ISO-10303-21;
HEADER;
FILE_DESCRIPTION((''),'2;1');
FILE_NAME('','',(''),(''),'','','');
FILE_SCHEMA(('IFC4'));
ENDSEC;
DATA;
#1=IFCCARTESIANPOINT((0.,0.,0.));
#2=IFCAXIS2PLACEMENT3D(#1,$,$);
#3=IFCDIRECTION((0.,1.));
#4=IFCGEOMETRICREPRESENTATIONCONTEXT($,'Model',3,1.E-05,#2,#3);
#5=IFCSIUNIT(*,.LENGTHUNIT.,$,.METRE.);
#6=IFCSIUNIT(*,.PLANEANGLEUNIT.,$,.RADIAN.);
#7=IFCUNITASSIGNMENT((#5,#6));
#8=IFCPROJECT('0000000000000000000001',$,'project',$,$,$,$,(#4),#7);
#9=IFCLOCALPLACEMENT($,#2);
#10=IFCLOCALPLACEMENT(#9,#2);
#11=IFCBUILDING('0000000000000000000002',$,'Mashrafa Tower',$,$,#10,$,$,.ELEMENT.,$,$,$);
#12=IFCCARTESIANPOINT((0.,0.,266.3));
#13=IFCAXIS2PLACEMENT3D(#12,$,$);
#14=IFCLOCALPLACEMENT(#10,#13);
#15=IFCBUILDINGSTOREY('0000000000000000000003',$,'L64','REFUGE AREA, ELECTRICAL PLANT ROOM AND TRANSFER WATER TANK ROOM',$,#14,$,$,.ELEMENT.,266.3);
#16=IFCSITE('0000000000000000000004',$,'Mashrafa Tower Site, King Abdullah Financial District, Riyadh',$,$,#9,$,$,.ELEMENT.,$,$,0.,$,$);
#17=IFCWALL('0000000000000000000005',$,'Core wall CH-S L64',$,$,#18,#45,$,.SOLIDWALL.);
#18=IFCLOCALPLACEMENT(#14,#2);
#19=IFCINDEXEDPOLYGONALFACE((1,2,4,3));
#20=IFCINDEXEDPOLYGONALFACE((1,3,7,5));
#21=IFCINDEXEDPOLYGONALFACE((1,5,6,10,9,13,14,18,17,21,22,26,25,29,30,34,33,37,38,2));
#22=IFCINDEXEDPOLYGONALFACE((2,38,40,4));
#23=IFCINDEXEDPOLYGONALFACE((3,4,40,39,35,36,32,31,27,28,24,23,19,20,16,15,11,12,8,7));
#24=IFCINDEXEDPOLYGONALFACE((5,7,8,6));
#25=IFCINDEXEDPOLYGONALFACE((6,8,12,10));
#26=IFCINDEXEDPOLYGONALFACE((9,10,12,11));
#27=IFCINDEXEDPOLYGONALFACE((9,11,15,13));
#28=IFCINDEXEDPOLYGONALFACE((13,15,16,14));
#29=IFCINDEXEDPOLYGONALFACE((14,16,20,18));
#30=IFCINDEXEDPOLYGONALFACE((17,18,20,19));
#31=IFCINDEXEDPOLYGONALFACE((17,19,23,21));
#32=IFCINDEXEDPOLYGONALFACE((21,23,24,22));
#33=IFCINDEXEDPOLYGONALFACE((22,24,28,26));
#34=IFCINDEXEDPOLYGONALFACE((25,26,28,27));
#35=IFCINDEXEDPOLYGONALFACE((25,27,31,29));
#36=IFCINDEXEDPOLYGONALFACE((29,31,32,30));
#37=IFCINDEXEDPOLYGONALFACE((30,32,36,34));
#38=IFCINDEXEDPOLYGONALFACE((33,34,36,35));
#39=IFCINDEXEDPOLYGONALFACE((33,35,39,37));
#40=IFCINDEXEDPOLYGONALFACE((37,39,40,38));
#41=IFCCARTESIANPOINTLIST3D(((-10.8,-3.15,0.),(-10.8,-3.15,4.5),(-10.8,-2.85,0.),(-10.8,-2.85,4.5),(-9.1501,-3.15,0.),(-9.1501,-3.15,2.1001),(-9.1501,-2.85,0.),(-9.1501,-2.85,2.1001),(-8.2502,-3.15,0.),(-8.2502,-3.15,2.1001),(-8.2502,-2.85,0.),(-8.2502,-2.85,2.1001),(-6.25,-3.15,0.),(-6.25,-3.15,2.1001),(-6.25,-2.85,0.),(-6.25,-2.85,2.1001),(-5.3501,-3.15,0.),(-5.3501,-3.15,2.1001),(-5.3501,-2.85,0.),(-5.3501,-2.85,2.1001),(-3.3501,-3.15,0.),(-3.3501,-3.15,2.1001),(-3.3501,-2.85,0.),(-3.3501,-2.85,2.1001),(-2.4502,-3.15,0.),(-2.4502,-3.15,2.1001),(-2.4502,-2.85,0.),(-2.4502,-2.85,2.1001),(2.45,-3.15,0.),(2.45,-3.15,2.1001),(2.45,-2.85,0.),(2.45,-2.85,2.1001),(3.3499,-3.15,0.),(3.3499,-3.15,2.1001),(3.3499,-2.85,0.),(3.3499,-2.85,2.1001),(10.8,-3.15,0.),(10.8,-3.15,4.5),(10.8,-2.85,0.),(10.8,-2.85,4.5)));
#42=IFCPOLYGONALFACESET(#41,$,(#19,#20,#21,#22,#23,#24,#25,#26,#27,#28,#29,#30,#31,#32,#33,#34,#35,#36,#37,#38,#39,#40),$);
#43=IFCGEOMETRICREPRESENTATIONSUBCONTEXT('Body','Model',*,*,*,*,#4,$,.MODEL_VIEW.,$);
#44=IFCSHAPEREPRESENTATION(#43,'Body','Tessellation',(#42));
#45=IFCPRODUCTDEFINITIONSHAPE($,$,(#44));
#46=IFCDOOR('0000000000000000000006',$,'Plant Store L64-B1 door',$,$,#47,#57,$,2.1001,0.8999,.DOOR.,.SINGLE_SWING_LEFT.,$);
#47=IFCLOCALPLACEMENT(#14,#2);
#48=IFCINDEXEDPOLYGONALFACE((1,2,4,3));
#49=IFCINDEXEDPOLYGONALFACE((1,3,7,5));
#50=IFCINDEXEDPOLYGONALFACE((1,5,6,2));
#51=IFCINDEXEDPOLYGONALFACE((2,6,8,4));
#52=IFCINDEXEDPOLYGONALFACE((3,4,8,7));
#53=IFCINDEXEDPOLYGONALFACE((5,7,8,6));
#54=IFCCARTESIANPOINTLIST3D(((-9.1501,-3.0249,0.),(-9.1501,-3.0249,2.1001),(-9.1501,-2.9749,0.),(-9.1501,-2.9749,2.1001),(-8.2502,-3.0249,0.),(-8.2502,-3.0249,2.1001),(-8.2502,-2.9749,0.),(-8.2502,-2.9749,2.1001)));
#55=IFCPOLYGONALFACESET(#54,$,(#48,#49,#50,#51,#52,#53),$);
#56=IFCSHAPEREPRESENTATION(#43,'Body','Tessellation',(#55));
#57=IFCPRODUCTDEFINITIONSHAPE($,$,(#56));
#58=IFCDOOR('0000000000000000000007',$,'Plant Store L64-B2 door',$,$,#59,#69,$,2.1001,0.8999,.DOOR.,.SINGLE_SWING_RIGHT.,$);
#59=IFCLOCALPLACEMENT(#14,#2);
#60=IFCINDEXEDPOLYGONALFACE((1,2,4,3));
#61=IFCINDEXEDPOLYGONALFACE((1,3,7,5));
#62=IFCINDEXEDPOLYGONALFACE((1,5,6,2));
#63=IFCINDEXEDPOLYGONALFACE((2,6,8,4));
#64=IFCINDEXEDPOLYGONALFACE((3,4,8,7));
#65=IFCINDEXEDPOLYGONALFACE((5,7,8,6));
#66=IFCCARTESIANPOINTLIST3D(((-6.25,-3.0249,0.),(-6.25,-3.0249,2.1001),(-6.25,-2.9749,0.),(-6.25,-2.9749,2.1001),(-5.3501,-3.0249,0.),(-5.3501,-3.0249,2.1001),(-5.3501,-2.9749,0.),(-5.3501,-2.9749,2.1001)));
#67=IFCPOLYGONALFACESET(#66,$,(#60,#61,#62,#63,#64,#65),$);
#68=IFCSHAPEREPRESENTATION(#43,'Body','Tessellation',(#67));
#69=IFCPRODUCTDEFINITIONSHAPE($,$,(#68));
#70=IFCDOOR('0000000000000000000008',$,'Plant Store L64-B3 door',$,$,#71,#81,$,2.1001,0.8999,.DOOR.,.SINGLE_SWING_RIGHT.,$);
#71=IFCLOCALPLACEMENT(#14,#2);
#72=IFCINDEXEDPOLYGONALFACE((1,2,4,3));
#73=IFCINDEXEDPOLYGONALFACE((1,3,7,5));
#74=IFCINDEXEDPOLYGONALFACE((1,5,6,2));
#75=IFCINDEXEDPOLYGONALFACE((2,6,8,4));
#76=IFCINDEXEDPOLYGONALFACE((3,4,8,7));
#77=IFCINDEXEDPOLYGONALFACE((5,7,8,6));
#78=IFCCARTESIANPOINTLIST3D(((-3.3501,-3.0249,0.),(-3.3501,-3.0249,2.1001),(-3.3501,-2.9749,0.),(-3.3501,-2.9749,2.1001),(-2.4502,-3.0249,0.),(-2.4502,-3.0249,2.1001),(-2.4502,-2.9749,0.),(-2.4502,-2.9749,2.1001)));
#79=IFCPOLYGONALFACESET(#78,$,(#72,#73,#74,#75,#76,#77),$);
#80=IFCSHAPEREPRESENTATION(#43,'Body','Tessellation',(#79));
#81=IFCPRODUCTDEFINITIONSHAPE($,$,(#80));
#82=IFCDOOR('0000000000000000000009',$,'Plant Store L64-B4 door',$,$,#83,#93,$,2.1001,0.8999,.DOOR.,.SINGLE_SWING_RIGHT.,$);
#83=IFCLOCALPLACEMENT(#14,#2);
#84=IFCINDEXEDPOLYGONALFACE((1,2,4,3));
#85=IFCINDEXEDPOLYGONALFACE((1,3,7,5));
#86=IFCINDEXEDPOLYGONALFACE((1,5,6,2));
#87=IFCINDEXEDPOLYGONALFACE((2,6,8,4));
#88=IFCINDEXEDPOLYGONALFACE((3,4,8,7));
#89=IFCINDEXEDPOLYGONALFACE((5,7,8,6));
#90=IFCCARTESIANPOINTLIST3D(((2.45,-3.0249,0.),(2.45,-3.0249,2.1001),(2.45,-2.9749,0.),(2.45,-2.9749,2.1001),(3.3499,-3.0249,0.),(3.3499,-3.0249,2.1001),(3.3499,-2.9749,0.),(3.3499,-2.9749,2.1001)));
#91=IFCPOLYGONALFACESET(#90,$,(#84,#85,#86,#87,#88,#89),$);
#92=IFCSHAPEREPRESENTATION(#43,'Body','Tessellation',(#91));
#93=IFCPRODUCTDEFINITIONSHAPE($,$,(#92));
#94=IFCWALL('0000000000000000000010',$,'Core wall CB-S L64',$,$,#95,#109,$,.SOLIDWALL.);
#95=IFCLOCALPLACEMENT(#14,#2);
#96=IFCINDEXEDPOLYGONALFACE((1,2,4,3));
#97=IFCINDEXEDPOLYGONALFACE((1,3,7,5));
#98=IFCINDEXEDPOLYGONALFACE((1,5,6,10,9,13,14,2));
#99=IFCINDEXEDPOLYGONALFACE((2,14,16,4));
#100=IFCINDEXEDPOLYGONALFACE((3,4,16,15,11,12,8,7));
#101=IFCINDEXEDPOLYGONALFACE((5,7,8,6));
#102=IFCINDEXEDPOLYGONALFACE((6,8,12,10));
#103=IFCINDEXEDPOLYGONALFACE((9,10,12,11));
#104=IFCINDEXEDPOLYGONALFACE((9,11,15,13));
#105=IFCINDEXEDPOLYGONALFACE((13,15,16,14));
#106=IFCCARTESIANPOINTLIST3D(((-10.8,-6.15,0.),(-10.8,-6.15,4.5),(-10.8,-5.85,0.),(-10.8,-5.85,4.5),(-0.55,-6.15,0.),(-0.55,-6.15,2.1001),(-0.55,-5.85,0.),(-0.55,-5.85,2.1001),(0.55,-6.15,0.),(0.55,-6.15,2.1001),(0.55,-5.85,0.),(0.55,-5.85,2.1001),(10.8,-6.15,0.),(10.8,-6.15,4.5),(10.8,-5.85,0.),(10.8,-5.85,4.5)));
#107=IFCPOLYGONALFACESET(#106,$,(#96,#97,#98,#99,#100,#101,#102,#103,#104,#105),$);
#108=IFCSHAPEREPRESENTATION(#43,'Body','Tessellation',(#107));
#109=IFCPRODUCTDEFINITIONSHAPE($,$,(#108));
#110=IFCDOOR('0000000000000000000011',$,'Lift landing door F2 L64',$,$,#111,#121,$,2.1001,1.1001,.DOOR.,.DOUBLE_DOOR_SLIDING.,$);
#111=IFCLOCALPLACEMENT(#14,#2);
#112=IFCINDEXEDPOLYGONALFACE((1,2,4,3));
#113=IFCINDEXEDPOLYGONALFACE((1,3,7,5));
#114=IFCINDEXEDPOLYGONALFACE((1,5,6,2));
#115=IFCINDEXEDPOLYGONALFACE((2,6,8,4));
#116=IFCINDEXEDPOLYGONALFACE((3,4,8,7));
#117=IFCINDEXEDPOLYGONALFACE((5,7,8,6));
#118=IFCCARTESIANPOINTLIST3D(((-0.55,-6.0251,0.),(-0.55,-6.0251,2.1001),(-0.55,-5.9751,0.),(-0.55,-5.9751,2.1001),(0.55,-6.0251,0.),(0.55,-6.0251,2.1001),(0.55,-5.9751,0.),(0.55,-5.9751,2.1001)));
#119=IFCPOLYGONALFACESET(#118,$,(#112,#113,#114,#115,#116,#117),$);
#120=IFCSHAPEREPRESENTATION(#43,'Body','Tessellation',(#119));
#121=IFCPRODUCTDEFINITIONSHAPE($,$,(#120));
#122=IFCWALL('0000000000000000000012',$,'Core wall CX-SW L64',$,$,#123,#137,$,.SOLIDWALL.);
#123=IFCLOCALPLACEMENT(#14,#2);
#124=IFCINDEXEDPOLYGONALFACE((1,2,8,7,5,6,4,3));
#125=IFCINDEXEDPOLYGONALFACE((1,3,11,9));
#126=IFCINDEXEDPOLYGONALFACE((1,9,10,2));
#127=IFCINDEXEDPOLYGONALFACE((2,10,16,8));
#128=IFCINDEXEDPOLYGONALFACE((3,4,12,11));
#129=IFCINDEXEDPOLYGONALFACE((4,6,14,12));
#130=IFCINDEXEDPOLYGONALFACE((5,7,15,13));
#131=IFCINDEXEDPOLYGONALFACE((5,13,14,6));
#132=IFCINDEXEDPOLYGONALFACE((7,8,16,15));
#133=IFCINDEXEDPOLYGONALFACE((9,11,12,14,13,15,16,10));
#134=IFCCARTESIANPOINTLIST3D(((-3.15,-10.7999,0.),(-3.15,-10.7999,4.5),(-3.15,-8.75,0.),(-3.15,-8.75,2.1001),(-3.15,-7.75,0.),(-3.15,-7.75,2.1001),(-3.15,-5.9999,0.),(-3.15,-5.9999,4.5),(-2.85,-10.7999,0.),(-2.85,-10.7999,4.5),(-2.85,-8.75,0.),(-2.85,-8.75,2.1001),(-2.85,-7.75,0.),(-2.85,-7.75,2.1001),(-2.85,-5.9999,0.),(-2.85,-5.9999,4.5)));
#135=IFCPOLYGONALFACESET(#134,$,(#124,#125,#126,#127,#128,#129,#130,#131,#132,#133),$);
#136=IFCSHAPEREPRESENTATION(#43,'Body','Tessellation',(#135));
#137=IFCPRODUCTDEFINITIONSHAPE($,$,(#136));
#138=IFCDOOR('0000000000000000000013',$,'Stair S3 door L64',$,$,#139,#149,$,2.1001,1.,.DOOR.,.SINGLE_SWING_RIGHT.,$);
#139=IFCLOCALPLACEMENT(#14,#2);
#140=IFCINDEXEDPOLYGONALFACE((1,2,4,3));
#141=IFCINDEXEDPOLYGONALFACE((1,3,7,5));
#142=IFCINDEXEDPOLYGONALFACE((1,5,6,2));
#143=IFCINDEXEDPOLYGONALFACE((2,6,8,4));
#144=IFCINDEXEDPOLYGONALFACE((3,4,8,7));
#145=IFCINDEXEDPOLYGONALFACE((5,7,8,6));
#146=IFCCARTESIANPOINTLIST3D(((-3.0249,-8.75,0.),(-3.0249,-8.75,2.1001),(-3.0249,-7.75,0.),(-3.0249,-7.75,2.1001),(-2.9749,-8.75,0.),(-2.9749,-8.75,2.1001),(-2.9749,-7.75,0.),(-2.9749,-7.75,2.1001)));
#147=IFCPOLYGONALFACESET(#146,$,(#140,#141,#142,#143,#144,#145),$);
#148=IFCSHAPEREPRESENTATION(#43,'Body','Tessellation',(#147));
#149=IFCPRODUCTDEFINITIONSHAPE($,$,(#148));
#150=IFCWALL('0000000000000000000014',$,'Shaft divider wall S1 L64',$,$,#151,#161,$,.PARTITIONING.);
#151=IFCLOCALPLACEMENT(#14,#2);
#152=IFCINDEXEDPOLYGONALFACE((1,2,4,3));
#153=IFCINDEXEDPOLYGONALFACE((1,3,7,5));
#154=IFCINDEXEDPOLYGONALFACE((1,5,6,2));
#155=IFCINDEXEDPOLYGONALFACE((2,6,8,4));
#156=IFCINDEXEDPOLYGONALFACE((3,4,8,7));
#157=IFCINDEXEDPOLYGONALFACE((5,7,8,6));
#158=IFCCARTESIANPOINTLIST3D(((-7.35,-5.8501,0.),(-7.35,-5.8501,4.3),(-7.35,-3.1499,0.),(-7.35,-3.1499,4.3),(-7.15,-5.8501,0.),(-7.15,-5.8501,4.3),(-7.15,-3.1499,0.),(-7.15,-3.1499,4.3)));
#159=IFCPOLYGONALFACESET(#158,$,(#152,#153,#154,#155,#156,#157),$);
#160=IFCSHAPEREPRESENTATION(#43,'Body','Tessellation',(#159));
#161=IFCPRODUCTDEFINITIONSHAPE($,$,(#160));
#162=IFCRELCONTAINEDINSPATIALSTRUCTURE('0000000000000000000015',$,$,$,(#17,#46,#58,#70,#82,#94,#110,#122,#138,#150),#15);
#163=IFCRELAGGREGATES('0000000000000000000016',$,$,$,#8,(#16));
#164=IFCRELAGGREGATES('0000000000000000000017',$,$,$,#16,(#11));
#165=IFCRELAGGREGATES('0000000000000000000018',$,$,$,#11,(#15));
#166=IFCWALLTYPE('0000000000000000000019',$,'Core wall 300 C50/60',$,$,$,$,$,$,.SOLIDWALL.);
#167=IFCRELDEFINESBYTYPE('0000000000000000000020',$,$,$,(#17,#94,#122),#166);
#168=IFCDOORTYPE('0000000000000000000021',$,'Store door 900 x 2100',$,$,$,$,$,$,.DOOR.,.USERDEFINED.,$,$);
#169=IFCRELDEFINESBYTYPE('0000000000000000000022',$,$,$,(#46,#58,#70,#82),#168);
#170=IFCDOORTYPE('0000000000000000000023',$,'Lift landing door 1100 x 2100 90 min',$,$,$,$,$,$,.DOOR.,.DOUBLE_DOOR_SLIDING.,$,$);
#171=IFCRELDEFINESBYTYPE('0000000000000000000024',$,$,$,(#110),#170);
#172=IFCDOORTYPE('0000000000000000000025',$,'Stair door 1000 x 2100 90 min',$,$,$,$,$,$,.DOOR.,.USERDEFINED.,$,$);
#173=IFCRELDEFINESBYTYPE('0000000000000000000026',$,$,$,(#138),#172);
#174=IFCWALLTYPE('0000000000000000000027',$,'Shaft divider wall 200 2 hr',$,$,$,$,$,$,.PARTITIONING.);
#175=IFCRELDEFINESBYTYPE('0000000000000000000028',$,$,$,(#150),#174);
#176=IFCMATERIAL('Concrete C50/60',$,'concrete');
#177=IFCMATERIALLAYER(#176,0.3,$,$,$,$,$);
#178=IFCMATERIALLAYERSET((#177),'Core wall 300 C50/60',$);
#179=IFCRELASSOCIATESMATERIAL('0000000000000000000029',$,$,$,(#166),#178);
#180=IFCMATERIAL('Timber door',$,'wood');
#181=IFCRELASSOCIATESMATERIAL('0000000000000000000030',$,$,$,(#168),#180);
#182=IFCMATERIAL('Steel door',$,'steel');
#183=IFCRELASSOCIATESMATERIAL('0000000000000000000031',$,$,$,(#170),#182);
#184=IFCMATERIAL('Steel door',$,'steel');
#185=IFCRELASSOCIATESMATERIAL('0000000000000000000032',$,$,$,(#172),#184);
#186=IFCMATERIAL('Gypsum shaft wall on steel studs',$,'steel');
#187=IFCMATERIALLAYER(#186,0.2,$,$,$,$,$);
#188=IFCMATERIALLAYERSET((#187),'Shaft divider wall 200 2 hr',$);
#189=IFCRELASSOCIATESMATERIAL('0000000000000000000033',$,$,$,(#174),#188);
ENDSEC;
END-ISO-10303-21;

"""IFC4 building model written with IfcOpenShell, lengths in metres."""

from ifc_helpers import new_model, si_unit, direction, frame, frame_2d, origin, place, context, subcontext, project, spatial, rectangle, extrude, material, layer, layer_set, type_object, element, fill, save


model = new_model("IFC4")

# Units and contexts
model_context = context("Model", 3, precision=1e-05, world=origin(), true_north=direction((0.0, 1.0)))
body_context = subcontext(model_context, "Body", "Model", "MODEL_VIEW")
ifc_project = project(units=[si_unit("LENGTHUNIT", "METRE"), si_unit("PLANEANGLEUNIT", "RADIAN")], contexts=[model_context])

# Site, building, storey
site_placement = place(None, origin())
site = spatial("IfcSite", under=ifc_project, at=site_placement, Name="Mashrafa Tower Site, King Abdullah Financial District, Riyadh", CompositionType="ELEMENT", RefElevation=0.0)
building_placement = place(site_placement, origin())
building = spatial("IfcBuilding", under=site, at=building_placement, Name="Mashrafa Tower", CompositionType="ELEMENT")
storey_placement = place(building_placement, frame((0.0, 0.0, 266.3)))
storey = spatial("IfcBuildingStorey", under=building, at=storey_placement, Name="L64", Description="REFUGE AREA, ELECTRICAL PLANT ROOM AND TRANSFER WATER TANK ROOM", CompositionType="ELEMENT", Elevation=266.3)

# Wall, openings, doors
ifc_material_1 = material(Name="Concrete C50/60", Category="concrete")
ifc_layer_1 = layer(ifc_material_1, 0.3)
ifc_layer_set_1 = layer_set([ifc_layer_1], Name="Core wall 300 C50/60")
wall_type_1 = type_object("IfcWallType", Name="Core wall 300 C50/60", PredefinedType="SOLIDWALL", material=ifc_layer_set_1)
wall_1_placement = place(storey_placement, frame((-10.8, -3.0, 0.0), z_axis=(0.0, 0.0, 1.0), x_axis=(1.0, 0.0, 0.0)))
wall_1 = element("IfcWall", 1, at=wall_1_placement, inside=storey, type_object=wall_type_1, Name="Core wall CH-S L64", PredefinedType="SOLIDWALL", context=body_context, shape_type="SweptSolid", body=[
    extrude(rectangle(XDim=21.6001, YDim=0.3, at=frame_2d((10.8, 0.0))), origin(), (0.0, 0.0, 1.0), 4.5),
])
opening_1_placement = place(wall_1_placement, frame((1.6499, 0.0, 0.0)))
opening_1 = element("IfcOpeningElement", 2, at=opening_1_placement, cuts=wall_1, PredefinedType="OPENING", context=body_context, shape_type="SweptSolid", body=[
    extrude(rectangle(XDim=0.8999, YDim=2.1001, at=frame_2d((0.45, 1.05))), frame((0.0, 0.1599, 0.0), z_axis=(0.0, -1.0, 0.0), x_axis=(1.0, 0.0, 0.0)), (0.0, 0.0, 1.0), 0.3201),
])
opening_2_placement = place(wall_1_placement, frame((4.55, 0.0, 0.0)))
opening_2 = element("IfcOpeningElement", 3, at=opening_2_placement, cuts=wall_1, PredefinedType="OPENING", context=body_context, shape_type="SweptSolid", body=[
    extrude(rectangle(XDim=0.8999, YDim=2.1001, at=frame_2d((0.45, 1.05))), frame((0.0, 0.1599, 0.0), z_axis=(0.0, -1.0, 0.0), x_axis=(1.0, 0.0, 0.0)), (0.0, 0.0, 1.0), 0.3201),
])
opening_3_placement = place(wall_1_placement, frame((7.45, 0.0, 0.0)))
opening_3 = element("IfcOpeningElement", 4, at=opening_3_placement, cuts=wall_1, PredefinedType="OPENING", context=body_context, shape_type="SweptSolid", body=[
    extrude(rectangle(XDim=0.8999, YDim=2.1001, at=frame_2d((0.45, 1.05))), frame((0.0, 0.1599, 0.0), z_axis=(0.0, -1.0, 0.0), x_axis=(1.0, 0.0, 0.0)), (0.0, 0.0, 1.0), 0.3201),
])
opening_4_placement = place(wall_1_placement, frame((13.25, 0.0, 0.0)))
opening_4 = element("IfcOpeningElement", 5, at=opening_4_placement, cuts=wall_1, PredefinedType="OPENING", context=body_context, shape_type="SweptSolid", body=[
    extrude(rectangle(XDim=0.8999, YDim=2.1001, at=frame_2d((0.45, 1.05))), frame((0.0, 0.1599, 0.0), z_axis=(0.0, -1.0, 0.0), x_axis=(1.0, 0.0, 0.0)), (0.0, 0.0, 1.0), 0.3201),
])
ifc_material_2 = material(Name="Timber door", Category="wood")
door_type_1 = type_object("IfcDoorType", Name="Store door 900 x 2100", OperationType="USERDEFINED", PredefinedType="DOOR", material=ifc_material_2)
door_1_placement = place(opening_1_placement, frame((0.8999, 0.0, 0.0), z_axis=(0.0, 0.0, 1.0), x_axis=(-1.0, 0.0, 0.0)))
door_1 = element("IfcDoor", 6, at=door_1_placement, inside=storey, type_object=door_type_1, Name="Plant Store L64-B1 door", OperationType="SINGLE_SWING_LEFT", OverallHeight=2.1001, OverallWidth=0.8999, PredefinedType="DOOR", context=body_context, shape_type="SweptSolid", body=[
    extrude(rectangle(XDim=0.8999, YDim=2.1001, at=frame_2d((0.45, 1.05))), frame((0.0, 0.0249, 0.0), z_axis=(0.0, -1.0, 0.0), x_axis=(1.0, 0.0, 0.0)), (0.0, 0.0, 1.0), 0.05),
])
fill(opening_1, door_1)
door_2_placement = place(opening_2_placement, frame((0.8999, 0.0, 0.0), z_axis=(0.0, 0.0, 1.0), x_axis=(-1.0, 0.0, 0.0)))
door_2 = element("IfcDoor", 7, at=door_2_placement, inside=storey, type_object=door_type_1, Name="Plant Store L64-B2 door", OperationType="SINGLE_SWING_RIGHT", OverallHeight=2.1001, OverallWidth=0.8999, PredefinedType="DOOR", context=body_context, shape_type="SweptSolid", body=[
    extrude(rectangle(XDim=0.8999, YDim=2.1001, at=frame_2d((0.45, 1.05))), frame((0.0, 0.0249, 0.0), z_axis=(0.0, -1.0, 0.0), x_axis=(1.0, 0.0, 0.0)), (0.0, 0.0, 1.0), 0.05),
])
fill(opening_2, door_2)
door_3_placement = place(opening_3_placement, frame((0.8999, 0.0, 0.0), z_axis=(0.0, 0.0, 1.0), x_axis=(-1.0, 0.0, 0.0)))
door_3 = element("IfcDoor", 8, at=door_3_placement, inside=storey, type_object=door_type_1, Name="Plant Store L64-B3 door", OperationType="SINGLE_SWING_RIGHT", OverallHeight=2.1001, OverallWidth=0.8999, PredefinedType="DOOR", context=body_context, shape_type="SweptSolid", body=[
    extrude(rectangle(XDim=0.8999, YDim=2.1001, at=frame_2d((0.45, 1.05))), frame((0.0, 0.0249, 0.0), z_axis=(0.0, -1.0, 0.0), x_axis=(1.0, 0.0, 0.0)), (0.0, 0.0, 1.0), 0.05),
])
fill(opening_3, door_3)
door_4_placement = place(opening_4_placement, frame((0.8999, 0.0, 0.0), z_axis=(0.0, 0.0, 1.0), x_axis=(-1.0, 0.0, 0.0)))
door_4 = element("IfcDoor", 9, at=door_4_placement, inside=storey, type_object=door_type_1, Name="Plant Store L64-B4 door", OperationType="SINGLE_SWING_RIGHT", OverallHeight=2.1001, OverallWidth=0.8999, PredefinedType="DOOR", context=body_context, shape_type="SweptSolid", body=[
    extrude(rectangle(XDim=0.8999, YDim=2.1001, at=frame_2d((0.45, 1.05))), frame((0.0, 0.0249, 0.0), z_axis=(0.0, -1.0, 0.0), x_axis=(1.0, 0.0, 0.0)), (0.0, 0.0, 1.0), 0.05),
])
fill(opening_4, door_4)

# Walls, openings, doors
wall_2_placement = place(storey_placement, frame((-10.8, -6.0, 0.0), z_axis=(0.0, 0.0, 1.0), x_axis=(1.0, 0.0, 0.0)))
wall_2 = element("IfcWall", 10, at=wall_2_placement, inside=storey, type_object=wall_type_1, Name="Core wall CB-S L64", PredefinedType="SOLIDWALL", context=body_context, shape_type="SweptSolid", body=[
    extrude(rectangle(XDim=21.6001, YDim=0.3, at=frame_2d((10.8, 0.0))), origin(), (0.0, 0.0, 1.0), 4.5),
])
opening_5_placement = place(wall_2_placement, frame((10.25, 0.0, 0.0)))
opening_5 = element("IfcOpeningElement", 11, at=opening_5_placement, cuts=wall_2, PredefinedType="OPENING", context=body_context, shape_type="SweptSolid", body=[
    extrude(rectangle(XDim=1.1001, YDim=2.1001, at=frame_2d((0.55, 1.05))), frame((0.0, 0.1599, 0.0), z_axis=(0.0, -1.0, 0.0), x_axis=(1.0, 0.0, 0.0)), (0.0, 0.0, 1.0), 0.3201),
])
ifc_material_3 = material(Name="Steel door", Category="steel")
door_type_2 = type_object("IfcDoorType", Name="Lift landing door 1100 x 2100 90 min", OperationType="DOUBLE_DOOR_SLIDING", PredefinedType="DOOR", material=ifc_material_3)
door_5_placement = place(opening_5_placement, origin())
door_5 = element("IfcDoor", 12, at=door_5_placement, inside=storey, type_object=door_type_2, Name="Lift landing door F2 L64", OperationType="DOUBLE_DOOR_SLIDING", OverallHeight=2.1001, OverallWidth=1.1001, PredefinedType="DOOR", context=body_context, shape_type="SweptSolid", body=[
    extrude(rectangle(XDim=1.1001, YDim=2.1001, at=frame_2d((0.55, 1.05))), frame((0.0, 0.0249, 0.0), z_axis=(0.0, -1.0, 0.0), x_axis=(1.0, 0.0, 0.0)), (0.0, 0.0, 1.0), 0.05),
])
fill(opening_5, door_5)
wall_3_placement = place(storey_placement, frame((-3.0, -6.0, 0.0), z_axis=(0.0, 0.0, 1.0), x_axis=(0.0, -1.0, 0.0)))
wall_3 = element("IfcWall", 13, at=wall_3_placement, inside=storey, type_object=wall_type_1, Name="Core wall CX-SW L64", PredefinedType="SOLIDWALL", context=body_context, shape_type="SweptSolid", body=[
    extrude(rectangle(XDim=4.8, YDim=0.3, at=frame_2d((2.3999, 0.0))), origin(), (0.0, 0.0, 1.0), 4.5),
])
opening_6_placement = place(wall_3_placement, frame((1.75, 0.0, 0.0)))
opening_6 = element("IfcOpeningElement", 14, at=opening_6_placement, cuts=wall_3, PredefinedType="OPENING", context=body_context, shape_type="SweptSolid", body=[
    extrude(rectangle(XDim=1.0, YDim=2.1001, at=frame_2d((0.5, 1.05))), frame((0.0, 0.1599, 0.0), z_axis=(0.0, -1.0, 0.0), x_axis=(1.0, 0.0, 0.0)), (0.0, 0.0, 1.0), 0.3201),
])
ifc_material_4 = material(Name="Steel door", Category="steel")
door_type_3 = type_object("IfcDoorType", Name="Stair door 1000 x 2100 90 min", OperationType="USERDEFINED", PredefinedType="DOOR", material=ifc_material_4)
door_6_placement = place(opening_6_placement, frame((1.0, 0.0, 0.0), z_axis=(0.0, 0.0, 1.0), x_axis=(-1.0, 0.0, 0.0)))
door_6 = element("IfcDoor", 15, at=door_6_placement, inside=storey, type_object=door_type_3, Name="Stair S3 door L64", OperationType="SINGLE_SWING_RIGHT", OverallHeight=2.1001, OverallWidth=1.0, PredefinedType="DOOR", context=body_context, shape_type="SweptSolid", body=[
    extrude(rectangle(XDim=1.0, YDim=2.1001, at=frame_2d((0.5, 1.05))), frame((0.0, 0.0249, 0.0), z_axis=(0.0, -1.0, 0.0), x_axis=(1.0, 0.0, 0.0)), (0.0, 0.0, 1.0), 0.05),
])
fill(opening_6, door_6)

# Wall
ifc_material_5 = material(Name="Gypsum shaft wall on steel studs", Category="steel")
ifc_layer_2 = layer(ifc_material_5, 0.2)
ifc_layer_set_2 = layer_set([ifc_layer_2], Name="Shaft divider wall 200 2 hr")
wall_type_2 = type_object("IfcWallType", Name="Shaft divider wall 200 2 hr", PredefinedType="PARTITIONING", material=ifc_layer_set_2)
for number, where, z_axis, x_axis, name in (
    (16, (-7.25, -5.8501, 0.0), (0.0, 0.0, 1.0), (0.0, 1.0, 0.0), "Shaft divider wall S1 L64"),
):
    element("IfcWall", number, at=place(storey_placement, frame(where, z_axis=z_axis, x_axis=x_axis)), inside=storey, type_object=wall_type_2, Name=name, PredefinedType="PARTITIONING", context=body_context, shape_type="SweptSolid", body=[
        extrude(rectangle(XDim=2.7002, YDim=0.2, at=frame_2d((1.3501, 0.0))), origin(), (0.0, 0.0, 1.0), 4.3),
    ])

save(model, "model.ifc")
